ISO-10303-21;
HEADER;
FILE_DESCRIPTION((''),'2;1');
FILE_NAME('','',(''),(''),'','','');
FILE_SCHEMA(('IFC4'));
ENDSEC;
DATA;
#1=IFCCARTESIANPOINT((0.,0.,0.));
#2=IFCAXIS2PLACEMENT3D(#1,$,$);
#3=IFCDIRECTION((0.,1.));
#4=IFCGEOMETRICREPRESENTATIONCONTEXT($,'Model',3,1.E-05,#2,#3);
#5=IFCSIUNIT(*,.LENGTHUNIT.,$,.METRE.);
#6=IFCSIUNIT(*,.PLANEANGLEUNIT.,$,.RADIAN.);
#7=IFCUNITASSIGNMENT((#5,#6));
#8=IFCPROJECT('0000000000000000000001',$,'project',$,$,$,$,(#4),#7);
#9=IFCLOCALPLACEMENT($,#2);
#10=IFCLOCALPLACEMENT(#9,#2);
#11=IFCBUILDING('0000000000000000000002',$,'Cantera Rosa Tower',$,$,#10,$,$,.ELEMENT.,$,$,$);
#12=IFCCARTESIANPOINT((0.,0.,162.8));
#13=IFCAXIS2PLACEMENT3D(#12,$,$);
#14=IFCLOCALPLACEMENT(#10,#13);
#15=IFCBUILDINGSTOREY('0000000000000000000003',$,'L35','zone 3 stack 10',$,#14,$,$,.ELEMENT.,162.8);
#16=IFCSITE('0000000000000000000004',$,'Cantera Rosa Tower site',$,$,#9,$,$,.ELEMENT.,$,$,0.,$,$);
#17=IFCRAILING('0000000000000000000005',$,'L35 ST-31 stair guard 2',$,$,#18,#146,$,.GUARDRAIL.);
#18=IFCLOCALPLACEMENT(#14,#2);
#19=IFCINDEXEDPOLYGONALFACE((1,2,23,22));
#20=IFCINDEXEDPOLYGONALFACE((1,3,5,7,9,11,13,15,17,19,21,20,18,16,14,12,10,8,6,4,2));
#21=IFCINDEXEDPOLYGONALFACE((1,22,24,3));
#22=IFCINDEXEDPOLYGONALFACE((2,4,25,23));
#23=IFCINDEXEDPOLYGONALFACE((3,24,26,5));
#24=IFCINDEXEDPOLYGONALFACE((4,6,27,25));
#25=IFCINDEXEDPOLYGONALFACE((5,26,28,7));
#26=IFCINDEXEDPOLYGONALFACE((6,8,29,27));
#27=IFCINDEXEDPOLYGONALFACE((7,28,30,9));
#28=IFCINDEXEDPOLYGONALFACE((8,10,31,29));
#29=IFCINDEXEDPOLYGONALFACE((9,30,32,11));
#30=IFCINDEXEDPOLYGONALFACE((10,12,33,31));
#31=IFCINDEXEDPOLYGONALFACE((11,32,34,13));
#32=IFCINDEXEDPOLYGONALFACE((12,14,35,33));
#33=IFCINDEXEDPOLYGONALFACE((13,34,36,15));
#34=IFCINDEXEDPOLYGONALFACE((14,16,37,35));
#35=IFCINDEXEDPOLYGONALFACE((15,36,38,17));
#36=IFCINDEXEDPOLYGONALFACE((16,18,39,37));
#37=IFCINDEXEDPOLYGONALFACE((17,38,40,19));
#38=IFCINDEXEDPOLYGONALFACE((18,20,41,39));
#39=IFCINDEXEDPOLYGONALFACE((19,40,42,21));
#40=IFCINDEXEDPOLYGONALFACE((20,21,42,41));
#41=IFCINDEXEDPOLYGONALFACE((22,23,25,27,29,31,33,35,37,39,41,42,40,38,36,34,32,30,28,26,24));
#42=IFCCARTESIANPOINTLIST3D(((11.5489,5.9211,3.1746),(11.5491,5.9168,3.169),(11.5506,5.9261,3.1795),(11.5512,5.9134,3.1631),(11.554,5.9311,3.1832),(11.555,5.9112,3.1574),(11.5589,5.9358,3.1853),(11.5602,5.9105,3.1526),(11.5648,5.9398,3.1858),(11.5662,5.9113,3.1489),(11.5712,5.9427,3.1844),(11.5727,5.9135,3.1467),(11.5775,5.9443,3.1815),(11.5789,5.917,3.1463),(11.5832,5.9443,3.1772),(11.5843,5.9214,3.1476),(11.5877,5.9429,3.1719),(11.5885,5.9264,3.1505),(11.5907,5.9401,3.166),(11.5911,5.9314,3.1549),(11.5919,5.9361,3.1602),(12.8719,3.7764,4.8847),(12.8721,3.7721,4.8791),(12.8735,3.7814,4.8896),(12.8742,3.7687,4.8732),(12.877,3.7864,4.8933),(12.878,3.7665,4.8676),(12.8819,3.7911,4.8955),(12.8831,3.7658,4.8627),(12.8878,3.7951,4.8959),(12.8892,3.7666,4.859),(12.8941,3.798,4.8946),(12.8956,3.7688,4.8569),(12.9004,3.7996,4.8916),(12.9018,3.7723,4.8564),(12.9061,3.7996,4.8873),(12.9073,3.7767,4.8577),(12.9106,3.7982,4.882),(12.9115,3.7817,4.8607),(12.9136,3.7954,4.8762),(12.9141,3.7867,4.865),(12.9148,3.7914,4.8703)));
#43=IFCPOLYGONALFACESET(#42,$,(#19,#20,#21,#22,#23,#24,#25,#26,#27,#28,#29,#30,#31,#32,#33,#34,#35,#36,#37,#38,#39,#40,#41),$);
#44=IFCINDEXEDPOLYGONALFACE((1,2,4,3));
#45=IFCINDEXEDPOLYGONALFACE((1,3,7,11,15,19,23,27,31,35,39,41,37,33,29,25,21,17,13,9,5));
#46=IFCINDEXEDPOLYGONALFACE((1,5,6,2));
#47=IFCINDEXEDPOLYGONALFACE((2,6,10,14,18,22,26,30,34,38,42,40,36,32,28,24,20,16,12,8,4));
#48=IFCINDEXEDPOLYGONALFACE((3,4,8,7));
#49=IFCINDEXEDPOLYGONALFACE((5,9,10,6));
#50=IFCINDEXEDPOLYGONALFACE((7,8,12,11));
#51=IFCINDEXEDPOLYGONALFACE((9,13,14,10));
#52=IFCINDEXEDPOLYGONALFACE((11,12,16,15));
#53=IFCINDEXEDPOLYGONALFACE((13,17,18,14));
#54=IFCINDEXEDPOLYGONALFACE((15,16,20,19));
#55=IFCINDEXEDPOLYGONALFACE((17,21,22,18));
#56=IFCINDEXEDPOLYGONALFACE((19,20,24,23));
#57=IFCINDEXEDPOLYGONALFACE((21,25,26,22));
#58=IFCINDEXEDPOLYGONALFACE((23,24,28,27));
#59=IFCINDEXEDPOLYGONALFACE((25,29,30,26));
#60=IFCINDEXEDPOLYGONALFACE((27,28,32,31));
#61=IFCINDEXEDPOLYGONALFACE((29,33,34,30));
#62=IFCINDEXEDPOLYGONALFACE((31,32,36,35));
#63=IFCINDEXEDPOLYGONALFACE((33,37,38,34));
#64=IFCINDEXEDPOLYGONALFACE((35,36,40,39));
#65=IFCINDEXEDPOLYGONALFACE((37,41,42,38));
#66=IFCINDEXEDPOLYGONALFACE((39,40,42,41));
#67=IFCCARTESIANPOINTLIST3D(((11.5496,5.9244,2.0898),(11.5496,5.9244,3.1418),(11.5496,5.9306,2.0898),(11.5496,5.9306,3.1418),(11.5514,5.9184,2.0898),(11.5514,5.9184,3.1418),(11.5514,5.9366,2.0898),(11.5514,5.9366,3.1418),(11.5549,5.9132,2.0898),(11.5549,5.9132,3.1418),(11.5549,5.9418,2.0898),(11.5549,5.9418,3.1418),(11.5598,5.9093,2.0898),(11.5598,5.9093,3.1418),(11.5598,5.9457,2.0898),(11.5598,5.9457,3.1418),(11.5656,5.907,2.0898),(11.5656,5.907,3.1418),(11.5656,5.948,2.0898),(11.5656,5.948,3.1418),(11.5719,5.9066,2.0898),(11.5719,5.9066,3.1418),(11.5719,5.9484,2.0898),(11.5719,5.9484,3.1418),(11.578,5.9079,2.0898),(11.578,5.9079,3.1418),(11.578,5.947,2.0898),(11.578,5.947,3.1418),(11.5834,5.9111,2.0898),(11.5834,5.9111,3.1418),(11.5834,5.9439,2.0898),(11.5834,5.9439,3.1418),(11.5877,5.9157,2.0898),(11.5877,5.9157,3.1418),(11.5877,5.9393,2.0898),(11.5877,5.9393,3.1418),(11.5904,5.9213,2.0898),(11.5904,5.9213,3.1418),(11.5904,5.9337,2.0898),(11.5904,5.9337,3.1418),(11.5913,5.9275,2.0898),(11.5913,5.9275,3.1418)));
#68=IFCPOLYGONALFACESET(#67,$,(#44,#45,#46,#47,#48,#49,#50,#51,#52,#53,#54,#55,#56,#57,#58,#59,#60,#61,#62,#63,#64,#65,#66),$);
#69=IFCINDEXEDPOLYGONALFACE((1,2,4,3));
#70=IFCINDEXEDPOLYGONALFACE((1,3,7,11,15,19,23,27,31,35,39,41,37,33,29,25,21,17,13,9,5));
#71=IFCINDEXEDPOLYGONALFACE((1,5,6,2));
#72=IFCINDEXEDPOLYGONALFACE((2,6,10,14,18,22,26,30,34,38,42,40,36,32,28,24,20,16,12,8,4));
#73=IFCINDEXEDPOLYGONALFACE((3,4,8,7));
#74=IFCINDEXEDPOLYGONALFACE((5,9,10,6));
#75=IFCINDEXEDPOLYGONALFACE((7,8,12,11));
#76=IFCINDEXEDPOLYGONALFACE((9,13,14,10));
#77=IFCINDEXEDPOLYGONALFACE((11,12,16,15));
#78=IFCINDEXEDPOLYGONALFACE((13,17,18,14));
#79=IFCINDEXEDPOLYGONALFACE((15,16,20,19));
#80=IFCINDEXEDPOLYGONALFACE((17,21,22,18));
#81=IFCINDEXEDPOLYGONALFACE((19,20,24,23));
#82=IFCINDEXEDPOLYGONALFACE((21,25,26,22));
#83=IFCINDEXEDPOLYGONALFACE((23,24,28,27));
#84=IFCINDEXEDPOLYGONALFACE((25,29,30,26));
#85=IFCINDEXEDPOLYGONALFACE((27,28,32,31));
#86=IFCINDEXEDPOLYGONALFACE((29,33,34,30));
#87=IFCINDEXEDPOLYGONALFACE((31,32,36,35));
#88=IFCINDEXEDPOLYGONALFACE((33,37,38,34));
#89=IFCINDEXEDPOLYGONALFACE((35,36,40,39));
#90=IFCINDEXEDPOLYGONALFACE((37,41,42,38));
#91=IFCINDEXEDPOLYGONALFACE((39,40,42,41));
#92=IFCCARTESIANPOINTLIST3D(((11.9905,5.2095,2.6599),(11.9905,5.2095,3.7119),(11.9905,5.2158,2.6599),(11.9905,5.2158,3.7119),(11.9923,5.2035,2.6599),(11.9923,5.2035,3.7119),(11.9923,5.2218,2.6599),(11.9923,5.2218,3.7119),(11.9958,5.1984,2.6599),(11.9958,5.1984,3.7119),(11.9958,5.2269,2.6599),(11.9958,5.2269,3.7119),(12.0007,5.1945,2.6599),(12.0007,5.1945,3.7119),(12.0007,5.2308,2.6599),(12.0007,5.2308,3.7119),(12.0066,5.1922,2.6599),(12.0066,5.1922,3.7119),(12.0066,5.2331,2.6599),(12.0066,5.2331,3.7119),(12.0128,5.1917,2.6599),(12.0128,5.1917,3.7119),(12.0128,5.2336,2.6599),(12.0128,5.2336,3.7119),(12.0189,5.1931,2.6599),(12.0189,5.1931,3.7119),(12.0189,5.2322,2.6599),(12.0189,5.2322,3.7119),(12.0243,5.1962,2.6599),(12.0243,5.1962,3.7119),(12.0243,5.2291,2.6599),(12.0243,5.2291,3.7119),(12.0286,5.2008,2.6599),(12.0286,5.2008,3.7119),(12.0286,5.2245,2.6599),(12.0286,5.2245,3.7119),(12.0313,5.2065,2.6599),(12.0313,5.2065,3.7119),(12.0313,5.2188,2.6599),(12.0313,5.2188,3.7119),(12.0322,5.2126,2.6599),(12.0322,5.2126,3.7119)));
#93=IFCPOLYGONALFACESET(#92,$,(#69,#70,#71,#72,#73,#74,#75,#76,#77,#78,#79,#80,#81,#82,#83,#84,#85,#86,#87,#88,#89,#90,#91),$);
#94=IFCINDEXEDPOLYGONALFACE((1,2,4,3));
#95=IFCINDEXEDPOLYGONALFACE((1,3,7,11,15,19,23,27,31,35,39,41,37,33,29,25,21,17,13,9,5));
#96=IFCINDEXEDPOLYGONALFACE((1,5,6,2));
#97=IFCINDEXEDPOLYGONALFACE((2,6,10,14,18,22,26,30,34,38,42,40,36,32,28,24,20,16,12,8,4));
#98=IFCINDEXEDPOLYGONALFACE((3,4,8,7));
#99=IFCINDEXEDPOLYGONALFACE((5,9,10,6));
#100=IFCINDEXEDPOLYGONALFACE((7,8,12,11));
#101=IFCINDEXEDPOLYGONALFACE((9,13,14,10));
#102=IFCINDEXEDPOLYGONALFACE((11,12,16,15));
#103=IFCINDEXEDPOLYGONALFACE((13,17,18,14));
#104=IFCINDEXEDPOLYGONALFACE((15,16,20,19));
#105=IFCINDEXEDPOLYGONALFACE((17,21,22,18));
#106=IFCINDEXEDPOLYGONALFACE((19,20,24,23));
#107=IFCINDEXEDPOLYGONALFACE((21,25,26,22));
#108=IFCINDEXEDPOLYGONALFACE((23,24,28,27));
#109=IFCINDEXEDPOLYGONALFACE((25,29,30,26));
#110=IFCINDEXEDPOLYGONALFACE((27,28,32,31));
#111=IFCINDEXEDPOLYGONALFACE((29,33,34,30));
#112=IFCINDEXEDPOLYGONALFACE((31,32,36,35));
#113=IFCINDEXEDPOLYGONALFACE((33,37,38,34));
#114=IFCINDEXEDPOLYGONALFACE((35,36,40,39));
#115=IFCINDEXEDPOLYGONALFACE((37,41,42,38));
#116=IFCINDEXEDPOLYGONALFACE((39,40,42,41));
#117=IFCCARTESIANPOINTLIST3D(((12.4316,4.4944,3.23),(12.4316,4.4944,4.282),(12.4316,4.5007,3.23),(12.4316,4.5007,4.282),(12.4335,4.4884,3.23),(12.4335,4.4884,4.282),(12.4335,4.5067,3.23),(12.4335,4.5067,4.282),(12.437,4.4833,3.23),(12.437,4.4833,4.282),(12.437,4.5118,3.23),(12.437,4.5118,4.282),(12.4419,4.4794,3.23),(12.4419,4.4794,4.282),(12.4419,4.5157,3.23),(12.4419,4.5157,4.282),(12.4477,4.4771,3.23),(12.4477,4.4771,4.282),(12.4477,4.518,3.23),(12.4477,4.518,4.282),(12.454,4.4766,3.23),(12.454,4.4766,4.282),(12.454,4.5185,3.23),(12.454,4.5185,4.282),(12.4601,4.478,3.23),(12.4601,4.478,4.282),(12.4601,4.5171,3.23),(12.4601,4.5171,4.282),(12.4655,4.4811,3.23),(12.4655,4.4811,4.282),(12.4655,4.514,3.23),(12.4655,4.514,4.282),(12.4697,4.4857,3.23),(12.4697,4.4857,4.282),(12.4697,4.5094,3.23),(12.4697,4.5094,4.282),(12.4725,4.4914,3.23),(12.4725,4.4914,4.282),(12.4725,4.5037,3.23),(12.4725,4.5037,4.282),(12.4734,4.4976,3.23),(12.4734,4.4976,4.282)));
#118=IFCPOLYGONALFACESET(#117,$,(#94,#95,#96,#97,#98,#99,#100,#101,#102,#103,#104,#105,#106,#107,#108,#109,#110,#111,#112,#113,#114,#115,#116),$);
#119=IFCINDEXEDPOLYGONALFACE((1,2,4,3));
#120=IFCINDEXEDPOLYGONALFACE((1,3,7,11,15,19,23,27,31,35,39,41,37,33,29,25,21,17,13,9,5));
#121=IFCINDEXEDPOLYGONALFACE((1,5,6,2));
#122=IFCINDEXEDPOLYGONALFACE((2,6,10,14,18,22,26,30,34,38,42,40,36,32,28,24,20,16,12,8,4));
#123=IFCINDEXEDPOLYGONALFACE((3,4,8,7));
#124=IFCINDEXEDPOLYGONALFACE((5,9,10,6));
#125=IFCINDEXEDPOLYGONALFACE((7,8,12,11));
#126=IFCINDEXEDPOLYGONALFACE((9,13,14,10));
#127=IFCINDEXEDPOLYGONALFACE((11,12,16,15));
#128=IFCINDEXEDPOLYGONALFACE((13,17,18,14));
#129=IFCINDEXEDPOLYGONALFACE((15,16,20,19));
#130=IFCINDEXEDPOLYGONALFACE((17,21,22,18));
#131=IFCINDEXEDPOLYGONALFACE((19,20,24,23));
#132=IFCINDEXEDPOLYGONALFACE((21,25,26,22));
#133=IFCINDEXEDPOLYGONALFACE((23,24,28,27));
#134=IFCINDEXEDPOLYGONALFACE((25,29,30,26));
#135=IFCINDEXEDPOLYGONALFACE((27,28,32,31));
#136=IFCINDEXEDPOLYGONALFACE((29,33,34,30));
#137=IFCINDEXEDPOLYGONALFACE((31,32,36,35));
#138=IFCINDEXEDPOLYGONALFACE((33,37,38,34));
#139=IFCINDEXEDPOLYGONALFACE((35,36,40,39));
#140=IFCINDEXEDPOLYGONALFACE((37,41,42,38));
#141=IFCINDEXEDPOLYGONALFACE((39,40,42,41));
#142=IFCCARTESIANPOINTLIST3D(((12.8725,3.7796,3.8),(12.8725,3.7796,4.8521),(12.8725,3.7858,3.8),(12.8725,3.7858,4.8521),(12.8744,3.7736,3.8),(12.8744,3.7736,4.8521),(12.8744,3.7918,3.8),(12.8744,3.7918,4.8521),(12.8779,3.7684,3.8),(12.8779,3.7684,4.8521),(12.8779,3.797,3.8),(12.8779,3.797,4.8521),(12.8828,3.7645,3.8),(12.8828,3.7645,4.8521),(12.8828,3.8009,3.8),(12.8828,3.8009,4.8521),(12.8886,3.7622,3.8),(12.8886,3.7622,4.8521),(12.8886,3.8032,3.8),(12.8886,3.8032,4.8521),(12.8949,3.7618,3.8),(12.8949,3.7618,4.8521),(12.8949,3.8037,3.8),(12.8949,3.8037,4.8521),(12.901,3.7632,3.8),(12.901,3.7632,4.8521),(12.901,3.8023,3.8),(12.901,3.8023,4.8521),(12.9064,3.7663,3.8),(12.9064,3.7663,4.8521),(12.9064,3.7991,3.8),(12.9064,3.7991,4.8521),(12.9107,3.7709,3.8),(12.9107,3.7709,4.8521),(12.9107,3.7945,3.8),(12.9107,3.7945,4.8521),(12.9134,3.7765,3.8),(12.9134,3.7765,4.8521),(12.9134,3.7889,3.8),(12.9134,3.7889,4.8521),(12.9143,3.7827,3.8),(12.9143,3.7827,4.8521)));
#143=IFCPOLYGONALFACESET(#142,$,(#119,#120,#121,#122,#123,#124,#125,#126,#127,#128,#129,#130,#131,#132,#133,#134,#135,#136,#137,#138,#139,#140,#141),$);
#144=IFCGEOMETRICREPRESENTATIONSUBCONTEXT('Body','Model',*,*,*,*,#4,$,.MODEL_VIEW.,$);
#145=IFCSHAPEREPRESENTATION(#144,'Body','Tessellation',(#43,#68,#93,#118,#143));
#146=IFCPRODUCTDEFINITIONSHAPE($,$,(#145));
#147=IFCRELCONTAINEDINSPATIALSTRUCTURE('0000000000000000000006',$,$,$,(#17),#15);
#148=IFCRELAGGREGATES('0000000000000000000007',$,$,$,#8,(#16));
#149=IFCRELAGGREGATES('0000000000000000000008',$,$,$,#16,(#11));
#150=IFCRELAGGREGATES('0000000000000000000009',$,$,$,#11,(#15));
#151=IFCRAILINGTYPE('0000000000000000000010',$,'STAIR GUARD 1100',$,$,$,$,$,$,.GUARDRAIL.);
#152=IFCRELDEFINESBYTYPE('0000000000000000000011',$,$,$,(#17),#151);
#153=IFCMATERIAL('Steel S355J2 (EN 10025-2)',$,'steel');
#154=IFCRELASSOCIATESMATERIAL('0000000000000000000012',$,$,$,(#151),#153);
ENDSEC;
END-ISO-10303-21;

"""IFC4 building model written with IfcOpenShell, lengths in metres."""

from ifc_helpers import new_model, si_unit, direction, frame, origin, origin_2d, place, context, subcontext, project, spatial, circle, extrude, material, type_object, element, save


model = new_model("IFC4")

# Units and contexts
model_context = context("Model", 3, precision=1e-05, world=origin(), true_north=direction((0.0, 1.0)))
body_context = subcontext(model_context, "Body", "Model", "MODEL_VIEW")
ifc_project = project(units=[si_unit("LENGTHUNIT", "METRE"), si_unit("PLANEANGLEUNIT", "RADIAN")], contexts=[model_context])

# Site, building, storey
site_placement = place(None, origin())
site = spatial("IfcSite", under=ifc_project, at=site_placement, Name="Cantera Rosa Tower site", CompositionType="ELEMENT", RefElevation=0.0)
building_placement = place(site_placement, origin())
building = spatial("IfcBuilding", under=site, at=building_placement, Name="Cantera Rosa Tower", CompositionType="ELEMENT")
storey_placement = place(building_placement, frame((0.0, 0.0, 162.8)))
storey = spatial("IfcBuildingStorey", under=building, at=storey_placement, Name="L35", Description="zone 3 stack 10", CompositionType="ELEMENT", Elevation=162.8)

# Railing
ifc_material_1 = material(Name="Steel S355J2 (EN 10025-2)", Category="steel")
railing_type_1 = type_object("IfcRailingType", Name="STAIR GUARD 1100", PredefinedType="GUARDRAIL", material=ifc_material_1)
railing_1_placement = place(storey_placement, frame((11.5703, 5.9275, 2.0898)))
element("IfcRailing", 1, at=railing_1_placement, inside=storey, type_object=railing_type_1, Name="L35 ST-31 stair guard 2", PredefinedType="GUARDRAIL", context=body_context, shape_type="SweptSolid", body=[
    extrude(circle(Radius=0.0239, at=origin_2d()), frame((0.0, 0.0, 1.0762), z_axis=(0.434408, -0.70424, 0.561548), x_axis=(0.851102, 0.525, 0.0)), (0.0, 0.0, 1.0), 3.0454),
    extrude(circle(Radius=0.021, at=origin_2d()), origin(), (0.0, 0.0, 1.0), 1.052),
    extrude(circle(Radius=0.021, at=origin_2d()), frame((0.4409, -0.7148, 0.5701)), (0.0, 0.0, 1.0), 1.052),
    extrude(circle(Radius=0.021, at=origin_2d()), frame((0.8821, -1.4299, 1.1401)), (0.0, 0.0, 1.0), 1.052),
    extrude(circle(Radius=0.021, at=origin_2d()), frame((1.323, -2.1448, 1.7102)), (0.0, 0.0, 1.0), 1.052),
])

save(model, "model.ifc")
